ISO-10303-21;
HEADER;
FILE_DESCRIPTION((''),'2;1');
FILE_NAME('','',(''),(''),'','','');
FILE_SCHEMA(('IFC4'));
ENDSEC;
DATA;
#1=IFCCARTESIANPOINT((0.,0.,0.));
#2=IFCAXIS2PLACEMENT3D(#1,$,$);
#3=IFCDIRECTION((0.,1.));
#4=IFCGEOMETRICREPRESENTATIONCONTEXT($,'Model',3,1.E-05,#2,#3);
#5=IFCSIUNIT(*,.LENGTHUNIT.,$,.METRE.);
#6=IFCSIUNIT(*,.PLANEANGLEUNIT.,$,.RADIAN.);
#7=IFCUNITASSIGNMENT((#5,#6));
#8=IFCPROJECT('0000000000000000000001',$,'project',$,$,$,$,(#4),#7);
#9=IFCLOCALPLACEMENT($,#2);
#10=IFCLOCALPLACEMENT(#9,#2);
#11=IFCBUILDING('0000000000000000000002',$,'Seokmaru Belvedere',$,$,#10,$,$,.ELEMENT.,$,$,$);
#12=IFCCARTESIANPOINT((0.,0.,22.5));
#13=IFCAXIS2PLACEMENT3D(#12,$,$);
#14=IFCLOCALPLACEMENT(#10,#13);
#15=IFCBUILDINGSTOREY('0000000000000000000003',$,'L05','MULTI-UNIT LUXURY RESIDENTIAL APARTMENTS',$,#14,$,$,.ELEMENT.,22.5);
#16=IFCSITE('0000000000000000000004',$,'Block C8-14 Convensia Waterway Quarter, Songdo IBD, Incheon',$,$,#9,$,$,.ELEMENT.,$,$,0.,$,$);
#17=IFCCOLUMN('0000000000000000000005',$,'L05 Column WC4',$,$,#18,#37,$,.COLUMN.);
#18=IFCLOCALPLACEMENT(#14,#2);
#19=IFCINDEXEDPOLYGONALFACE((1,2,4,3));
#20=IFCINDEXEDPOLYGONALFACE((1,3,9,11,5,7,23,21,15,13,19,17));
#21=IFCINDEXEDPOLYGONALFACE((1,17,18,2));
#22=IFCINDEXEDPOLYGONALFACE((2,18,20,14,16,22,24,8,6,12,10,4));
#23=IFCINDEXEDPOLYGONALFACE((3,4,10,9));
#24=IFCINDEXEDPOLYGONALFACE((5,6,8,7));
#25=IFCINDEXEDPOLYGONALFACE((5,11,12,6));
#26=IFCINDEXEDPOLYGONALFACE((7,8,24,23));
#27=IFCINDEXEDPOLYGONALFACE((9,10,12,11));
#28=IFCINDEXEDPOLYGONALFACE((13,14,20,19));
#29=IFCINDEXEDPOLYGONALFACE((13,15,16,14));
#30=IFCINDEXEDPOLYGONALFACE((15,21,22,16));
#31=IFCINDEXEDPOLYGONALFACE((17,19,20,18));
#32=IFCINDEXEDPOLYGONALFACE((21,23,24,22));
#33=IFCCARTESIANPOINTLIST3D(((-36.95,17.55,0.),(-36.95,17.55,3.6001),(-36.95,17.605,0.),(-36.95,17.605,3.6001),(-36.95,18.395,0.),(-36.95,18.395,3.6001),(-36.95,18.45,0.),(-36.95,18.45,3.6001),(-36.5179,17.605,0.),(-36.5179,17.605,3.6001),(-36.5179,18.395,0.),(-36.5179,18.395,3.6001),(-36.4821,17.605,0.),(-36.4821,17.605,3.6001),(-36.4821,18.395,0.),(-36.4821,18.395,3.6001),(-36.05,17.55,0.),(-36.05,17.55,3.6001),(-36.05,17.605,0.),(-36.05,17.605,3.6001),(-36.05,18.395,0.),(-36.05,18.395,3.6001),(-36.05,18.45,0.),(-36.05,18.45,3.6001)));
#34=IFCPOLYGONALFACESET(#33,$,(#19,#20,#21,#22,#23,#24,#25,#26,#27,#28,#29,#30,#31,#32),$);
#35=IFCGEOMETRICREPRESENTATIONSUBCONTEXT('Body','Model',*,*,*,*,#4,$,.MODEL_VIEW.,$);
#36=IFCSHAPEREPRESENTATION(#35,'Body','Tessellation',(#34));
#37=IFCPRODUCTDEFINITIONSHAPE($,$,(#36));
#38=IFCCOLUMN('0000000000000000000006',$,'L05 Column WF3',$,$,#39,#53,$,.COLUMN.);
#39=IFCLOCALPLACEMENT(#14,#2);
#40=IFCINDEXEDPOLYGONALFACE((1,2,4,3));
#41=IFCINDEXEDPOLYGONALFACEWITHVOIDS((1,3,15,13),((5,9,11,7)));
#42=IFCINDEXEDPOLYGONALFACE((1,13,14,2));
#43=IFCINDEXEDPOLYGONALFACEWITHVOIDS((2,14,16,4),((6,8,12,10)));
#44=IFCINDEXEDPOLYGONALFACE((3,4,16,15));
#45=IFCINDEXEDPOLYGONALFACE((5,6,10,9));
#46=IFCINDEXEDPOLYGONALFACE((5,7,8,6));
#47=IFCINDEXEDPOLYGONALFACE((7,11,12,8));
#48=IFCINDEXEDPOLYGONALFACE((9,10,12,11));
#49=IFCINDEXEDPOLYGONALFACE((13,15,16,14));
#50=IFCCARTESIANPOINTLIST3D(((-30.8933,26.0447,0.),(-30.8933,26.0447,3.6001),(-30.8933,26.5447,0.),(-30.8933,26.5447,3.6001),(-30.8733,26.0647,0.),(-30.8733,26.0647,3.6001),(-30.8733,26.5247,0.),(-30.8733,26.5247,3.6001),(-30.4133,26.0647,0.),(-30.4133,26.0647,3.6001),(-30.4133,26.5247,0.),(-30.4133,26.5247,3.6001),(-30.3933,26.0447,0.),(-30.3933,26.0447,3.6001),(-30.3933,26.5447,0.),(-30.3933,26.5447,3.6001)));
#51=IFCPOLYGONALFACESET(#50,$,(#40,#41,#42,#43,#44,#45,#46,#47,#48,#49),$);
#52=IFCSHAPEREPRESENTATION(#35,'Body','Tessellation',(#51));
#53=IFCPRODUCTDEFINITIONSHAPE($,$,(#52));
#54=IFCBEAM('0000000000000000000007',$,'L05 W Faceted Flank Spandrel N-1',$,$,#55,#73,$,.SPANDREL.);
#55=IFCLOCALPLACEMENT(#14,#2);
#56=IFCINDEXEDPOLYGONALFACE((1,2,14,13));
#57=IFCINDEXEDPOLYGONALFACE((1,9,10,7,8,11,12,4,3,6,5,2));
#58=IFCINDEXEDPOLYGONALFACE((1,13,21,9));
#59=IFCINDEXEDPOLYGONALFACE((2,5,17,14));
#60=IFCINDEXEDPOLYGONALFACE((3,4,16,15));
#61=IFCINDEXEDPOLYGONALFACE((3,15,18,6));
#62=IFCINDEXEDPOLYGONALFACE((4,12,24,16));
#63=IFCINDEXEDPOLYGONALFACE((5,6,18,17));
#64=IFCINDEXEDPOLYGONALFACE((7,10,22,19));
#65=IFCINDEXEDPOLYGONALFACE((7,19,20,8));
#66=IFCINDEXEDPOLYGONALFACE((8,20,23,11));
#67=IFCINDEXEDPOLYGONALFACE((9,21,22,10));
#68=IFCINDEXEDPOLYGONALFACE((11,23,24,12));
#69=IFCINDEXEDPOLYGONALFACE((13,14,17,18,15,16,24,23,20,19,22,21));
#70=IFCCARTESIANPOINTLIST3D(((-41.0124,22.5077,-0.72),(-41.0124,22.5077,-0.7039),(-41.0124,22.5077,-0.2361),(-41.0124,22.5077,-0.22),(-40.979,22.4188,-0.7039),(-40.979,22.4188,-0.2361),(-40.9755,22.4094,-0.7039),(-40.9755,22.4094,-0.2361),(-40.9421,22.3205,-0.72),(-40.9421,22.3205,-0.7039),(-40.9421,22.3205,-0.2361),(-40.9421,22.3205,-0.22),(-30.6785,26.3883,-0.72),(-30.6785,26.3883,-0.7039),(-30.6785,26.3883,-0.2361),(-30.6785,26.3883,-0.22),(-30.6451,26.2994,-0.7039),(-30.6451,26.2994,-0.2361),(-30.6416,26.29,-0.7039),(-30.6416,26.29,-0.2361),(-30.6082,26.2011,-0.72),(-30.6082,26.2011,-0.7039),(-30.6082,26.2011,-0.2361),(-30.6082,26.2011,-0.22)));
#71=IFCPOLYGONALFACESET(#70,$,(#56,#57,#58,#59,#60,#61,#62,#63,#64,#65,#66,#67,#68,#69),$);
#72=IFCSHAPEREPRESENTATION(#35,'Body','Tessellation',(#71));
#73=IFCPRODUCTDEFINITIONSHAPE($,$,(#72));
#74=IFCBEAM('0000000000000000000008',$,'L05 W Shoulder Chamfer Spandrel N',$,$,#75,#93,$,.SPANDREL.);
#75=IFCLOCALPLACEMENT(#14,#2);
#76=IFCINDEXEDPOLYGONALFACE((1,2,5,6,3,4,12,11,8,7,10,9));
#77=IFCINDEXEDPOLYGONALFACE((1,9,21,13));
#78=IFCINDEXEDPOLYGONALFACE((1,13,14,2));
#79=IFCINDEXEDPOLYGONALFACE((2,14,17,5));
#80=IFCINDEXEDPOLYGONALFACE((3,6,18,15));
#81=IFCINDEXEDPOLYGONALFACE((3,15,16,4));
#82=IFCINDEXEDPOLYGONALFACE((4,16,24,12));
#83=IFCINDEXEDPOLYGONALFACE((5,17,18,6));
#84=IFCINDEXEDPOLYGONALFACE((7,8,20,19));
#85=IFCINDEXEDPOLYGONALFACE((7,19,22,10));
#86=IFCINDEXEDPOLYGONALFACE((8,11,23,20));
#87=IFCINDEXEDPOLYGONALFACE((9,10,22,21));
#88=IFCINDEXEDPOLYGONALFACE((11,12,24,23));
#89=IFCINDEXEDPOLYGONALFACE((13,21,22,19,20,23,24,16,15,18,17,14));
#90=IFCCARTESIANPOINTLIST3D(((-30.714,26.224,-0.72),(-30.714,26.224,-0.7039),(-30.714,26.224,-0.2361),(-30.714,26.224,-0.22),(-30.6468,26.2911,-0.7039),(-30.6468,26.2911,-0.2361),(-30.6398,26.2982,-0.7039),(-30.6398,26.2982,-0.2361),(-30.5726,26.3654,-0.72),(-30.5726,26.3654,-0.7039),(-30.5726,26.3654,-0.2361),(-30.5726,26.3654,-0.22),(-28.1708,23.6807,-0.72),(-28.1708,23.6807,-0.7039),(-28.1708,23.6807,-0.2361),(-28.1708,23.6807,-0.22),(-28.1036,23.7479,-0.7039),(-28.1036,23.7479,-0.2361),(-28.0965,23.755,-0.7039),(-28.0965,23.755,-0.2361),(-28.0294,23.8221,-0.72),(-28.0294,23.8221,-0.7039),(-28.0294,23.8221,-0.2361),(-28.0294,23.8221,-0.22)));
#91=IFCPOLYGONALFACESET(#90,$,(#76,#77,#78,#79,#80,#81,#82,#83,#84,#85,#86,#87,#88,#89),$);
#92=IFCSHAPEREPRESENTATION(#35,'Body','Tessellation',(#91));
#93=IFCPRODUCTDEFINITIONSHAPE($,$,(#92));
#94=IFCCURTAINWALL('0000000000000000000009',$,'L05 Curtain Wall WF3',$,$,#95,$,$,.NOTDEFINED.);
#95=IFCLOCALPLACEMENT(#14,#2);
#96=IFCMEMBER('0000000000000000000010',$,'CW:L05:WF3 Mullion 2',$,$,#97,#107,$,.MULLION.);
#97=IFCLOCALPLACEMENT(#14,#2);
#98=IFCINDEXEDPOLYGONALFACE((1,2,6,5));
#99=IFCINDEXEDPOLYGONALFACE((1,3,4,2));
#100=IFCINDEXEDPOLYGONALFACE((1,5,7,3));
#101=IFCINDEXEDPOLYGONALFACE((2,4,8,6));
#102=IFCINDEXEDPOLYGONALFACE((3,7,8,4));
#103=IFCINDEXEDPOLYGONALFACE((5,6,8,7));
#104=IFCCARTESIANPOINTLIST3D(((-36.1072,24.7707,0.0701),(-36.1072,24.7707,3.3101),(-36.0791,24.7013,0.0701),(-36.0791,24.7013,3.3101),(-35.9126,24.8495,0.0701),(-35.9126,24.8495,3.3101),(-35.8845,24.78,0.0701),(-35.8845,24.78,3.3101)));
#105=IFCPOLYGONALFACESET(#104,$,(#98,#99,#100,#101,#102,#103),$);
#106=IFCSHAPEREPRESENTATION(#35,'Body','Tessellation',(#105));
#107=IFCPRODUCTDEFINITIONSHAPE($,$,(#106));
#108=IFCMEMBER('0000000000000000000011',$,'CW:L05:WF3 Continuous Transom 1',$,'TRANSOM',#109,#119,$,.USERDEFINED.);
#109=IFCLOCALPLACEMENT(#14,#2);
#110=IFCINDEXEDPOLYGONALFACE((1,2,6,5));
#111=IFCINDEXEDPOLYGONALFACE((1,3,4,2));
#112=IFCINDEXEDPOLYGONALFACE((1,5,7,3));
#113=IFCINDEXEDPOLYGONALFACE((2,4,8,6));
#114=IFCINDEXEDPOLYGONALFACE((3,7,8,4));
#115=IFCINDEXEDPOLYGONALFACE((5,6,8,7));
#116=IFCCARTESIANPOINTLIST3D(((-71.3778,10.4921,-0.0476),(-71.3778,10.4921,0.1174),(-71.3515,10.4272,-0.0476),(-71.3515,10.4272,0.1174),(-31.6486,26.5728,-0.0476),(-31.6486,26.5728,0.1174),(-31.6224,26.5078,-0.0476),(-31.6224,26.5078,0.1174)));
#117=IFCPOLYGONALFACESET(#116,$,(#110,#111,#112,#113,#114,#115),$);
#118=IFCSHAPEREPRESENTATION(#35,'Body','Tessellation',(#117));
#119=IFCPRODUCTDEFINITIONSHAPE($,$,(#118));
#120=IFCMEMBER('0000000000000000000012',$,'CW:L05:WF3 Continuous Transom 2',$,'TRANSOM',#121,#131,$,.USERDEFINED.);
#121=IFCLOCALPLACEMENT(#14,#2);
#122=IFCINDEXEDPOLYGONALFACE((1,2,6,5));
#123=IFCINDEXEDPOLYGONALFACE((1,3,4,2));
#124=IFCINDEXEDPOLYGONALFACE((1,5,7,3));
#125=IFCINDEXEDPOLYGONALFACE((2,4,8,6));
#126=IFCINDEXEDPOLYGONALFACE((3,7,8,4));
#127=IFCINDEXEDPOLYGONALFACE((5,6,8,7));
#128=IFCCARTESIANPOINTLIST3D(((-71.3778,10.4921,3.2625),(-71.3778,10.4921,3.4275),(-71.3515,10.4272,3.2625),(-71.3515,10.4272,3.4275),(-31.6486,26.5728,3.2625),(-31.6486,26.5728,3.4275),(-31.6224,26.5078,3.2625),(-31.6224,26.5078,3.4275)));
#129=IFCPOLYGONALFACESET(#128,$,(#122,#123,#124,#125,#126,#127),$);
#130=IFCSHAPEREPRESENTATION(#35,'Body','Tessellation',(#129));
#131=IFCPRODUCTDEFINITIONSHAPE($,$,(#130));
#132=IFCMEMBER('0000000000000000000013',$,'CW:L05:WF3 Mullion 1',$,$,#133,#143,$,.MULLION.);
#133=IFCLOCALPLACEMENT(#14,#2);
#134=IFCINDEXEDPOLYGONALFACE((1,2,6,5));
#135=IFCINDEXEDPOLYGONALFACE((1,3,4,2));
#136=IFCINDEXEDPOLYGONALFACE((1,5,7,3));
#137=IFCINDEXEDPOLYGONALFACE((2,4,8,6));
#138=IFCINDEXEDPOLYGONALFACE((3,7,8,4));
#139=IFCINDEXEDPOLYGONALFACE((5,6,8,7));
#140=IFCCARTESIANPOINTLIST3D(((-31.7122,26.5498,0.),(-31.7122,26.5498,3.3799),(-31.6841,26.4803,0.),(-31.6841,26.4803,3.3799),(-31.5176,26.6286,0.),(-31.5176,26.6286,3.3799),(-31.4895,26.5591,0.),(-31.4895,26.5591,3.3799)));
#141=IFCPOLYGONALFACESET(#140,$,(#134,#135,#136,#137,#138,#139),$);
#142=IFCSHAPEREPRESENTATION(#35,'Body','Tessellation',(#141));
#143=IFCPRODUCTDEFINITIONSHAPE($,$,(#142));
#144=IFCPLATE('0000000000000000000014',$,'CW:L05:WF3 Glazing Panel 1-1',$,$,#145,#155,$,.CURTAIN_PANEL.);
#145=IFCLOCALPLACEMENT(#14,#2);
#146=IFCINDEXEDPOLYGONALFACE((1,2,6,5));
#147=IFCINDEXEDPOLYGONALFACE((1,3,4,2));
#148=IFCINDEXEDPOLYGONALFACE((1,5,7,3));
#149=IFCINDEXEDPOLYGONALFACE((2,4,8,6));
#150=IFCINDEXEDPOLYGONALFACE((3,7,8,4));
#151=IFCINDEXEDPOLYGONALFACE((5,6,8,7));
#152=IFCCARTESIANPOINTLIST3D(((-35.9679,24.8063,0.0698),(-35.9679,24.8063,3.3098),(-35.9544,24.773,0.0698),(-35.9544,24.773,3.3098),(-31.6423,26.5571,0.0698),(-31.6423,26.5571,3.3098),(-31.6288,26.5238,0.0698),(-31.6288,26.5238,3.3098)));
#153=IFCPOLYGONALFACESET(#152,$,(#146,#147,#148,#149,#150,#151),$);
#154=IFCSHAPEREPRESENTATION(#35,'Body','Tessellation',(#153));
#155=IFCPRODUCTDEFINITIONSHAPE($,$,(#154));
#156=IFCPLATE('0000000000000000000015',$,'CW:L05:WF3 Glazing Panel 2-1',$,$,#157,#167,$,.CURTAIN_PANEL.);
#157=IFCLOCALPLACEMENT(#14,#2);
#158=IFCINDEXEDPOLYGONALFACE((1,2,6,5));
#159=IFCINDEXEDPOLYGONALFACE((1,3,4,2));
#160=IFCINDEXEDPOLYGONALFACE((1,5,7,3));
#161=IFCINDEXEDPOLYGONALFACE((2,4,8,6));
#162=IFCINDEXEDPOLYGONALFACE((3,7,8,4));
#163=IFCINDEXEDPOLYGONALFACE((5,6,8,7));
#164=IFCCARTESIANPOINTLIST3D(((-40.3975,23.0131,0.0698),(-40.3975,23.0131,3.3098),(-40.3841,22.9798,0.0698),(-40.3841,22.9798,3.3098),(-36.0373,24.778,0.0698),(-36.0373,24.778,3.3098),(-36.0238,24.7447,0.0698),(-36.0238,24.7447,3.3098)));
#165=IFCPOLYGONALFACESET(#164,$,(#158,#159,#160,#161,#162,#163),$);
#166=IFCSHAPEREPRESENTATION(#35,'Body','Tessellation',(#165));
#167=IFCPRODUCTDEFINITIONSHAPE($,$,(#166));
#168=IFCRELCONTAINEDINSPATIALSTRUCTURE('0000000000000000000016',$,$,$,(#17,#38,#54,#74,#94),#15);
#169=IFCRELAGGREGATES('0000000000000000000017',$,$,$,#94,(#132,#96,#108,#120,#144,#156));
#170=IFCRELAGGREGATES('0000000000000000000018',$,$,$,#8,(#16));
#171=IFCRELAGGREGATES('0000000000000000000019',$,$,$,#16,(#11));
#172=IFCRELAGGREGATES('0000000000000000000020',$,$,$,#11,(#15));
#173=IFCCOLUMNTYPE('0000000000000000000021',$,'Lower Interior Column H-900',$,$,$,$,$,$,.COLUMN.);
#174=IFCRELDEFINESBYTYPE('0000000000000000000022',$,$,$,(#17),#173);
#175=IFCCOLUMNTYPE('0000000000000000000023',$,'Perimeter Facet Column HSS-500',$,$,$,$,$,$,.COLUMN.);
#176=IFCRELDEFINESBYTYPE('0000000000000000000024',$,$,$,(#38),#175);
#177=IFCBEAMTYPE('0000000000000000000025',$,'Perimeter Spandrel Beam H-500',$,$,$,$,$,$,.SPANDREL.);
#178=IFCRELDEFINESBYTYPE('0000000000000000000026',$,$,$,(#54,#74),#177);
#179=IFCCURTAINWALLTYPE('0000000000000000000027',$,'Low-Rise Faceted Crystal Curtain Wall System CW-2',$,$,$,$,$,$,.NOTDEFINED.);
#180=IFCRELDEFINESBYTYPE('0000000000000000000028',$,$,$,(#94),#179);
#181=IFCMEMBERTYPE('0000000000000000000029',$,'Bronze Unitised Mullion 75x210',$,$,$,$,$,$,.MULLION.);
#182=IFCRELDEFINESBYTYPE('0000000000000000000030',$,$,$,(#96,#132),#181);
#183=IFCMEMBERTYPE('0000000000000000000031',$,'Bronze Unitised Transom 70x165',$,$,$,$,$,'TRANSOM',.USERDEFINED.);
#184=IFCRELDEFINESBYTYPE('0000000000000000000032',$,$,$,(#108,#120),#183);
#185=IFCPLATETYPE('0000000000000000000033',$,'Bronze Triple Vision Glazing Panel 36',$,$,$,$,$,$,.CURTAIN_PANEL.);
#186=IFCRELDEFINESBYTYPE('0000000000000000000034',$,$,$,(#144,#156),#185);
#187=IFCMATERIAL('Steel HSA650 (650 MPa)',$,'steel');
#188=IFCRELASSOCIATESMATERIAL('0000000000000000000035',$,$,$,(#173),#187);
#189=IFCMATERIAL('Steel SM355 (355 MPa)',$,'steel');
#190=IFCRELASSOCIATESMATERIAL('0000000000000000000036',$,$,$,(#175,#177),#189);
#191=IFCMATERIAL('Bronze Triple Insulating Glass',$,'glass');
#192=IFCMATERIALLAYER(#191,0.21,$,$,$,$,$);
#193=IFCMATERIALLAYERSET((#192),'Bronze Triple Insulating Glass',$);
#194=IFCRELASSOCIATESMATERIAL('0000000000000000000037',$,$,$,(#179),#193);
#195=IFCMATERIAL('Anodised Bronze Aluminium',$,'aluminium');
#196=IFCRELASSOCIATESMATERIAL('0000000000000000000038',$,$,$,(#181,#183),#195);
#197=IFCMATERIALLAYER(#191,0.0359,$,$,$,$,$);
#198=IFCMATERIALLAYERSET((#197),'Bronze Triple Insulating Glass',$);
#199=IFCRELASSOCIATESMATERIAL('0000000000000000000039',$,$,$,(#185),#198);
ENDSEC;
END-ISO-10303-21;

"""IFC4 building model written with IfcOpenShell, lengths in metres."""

from ifc_helpers import new_model, si_unit, direction, frame, origin, origin_2d, place, context, subcontext, project, spatial, rectangle, hollow_rectangle, i_section, extrude, source, transform, mapped, material, layer, layer_set, material_profile, profile_set, type_object, type_shapes, element, aggregate, save


model = new_model("IFC4")

# Units and contexts
model_context = context("Model", 3, precision=1e-05, world=origin(), true_north=direction((0.0, 1.0)))
body_context = subcontext(model_context, "Body", "Model", "MODEL_VIEW")
ifc_project = project(units=[si_unit("LENGTHUNIT", "METRE"), si_unit("PLANEANGLEUNIT", "RADIAN")], contexts=[model_context])

# Site, building, storey
site_placement = place(None, origin())
site = spatial("IfcSite", under=ifc_project, at=site_placement, Name="Block C8-14 Convensia Waterway Quarter, Songdo IBD, Incheon", CompositionType="ELEMENT", RefElevation=0.0)
building_placement = place(site_placement, origin())
building = spatial("IfcBuilding", under=site, at=building_placement, Name="Seokmaru Belvedere", CompositionType="ELEMENT")
storey_placement = place(building_placement, frame((0.0, 0.0, 22.5)))
storey = spatial("IfcBuildingStorey", under=building, at=storey_placement, Name="L05", Description="MULTI-UNIT LUXURY RESIDENTIAL APARTMENTS", CompositionType="ELEMENT", Elevation=22.5)

# Columns
ifc_material_1 = material(Name="Steel HSA650 (650 MPa)", Category="steel")
ifc_material_profile_1 = material_profile(ifc_material_1, i_section(OverallWidth=0.8999, OverallDepth=0.8999, WebThickness=0.0359, FlangeThickness=0.0549, at=origin_2d()), Name="H-900x900x36x55")
ifc_profile_set_1 = profile_set([ifc_material_profile_1], Name="Steel HSA650 (650 MPa)")
column_type_1 = type_object("IfcColumnType", Name="Lower Interior Column H-900", PredefinedType="COLUMN", material=ifc_profile_set_1)
shared_shape_1 = source(origin(), body_context, "Body", "SweptSolid", [
    extrude(i_section(OverallWidth=0.8999, OverallDepth=0.8999, WebThickness=0.0359, FlangeThickness=0.0549, at=origin_2d()), origin(), (0.0, 0.0, 1.0), 3.6001),
])
type_shapes(column_type_1, [shared_shape_1])
column_1_placement = place(storey_placement, frame((-36.5, 18.0, 0.0), z_axis=(0.0, 0.0, 1.0), x_axis=(1.0, 0.0, 0.0)))
element("IfcColumn", 1, at=column_1_placement, inside=storey, type_object=column_type_1, Name="L05 Column WC4", PredefinedType="COLUMN", context=body_context, shape_type="MappedRepresentation", body=[
    mapped(shared_shape_1, transform((0.0, 0.0, 0.0), scale=1.0)),
])
ifc_material_2 = material(Name="Steel SM355 (355 MPa)", Category="steel")
ifc_material_profile_2 = material_profile(ifc_material_2, hollow_rectangle(XDim=0.5, YDim=0.5, WallThickness=0.02, at=origin_2d()), Name="HSS-500x500x20")
ifc_profile_set_2 = profile_set([ifc_material_profile_2], Name="Steel SM355 (355 MPa)")
column_type_2 = type_object("IfcColumnType", Name="Perimeter Facet Column HSS-500", PredefinedType="COLUMN", material=ifc_profile_set_2)
shared_shape_2 = source(origin(), body_context, "Body", "SweptSolid", [
    extrude(hollow_rectangle(XDim=0.5, YDim=0.5, WallThickness=0.02, at=origin_2d()), origin(), (0.0, 0.0, 1.0), 3.6001),
])
type_shapes(column_type_2, [shared_shape_2])
column_2_placement = place(storey_placement, frame((-30.6433, 26.2947, 0.0), z_axis=(0.0, 0.0, 1.0), x_axis=(1.0, 0.0, 0.0)))
element("IfcColumn", 2, at=column_2_placement, inside=storey, type_object=column_type_2, Name="L05 Column WF3", PredefinedType="COLUMN", context=body_context, shape_type="MappedRepresentation", body=[
    mapped(shared_shape_2, transform((0.0, 0.0, 0.0), scale=1.0)),
])

# Beams
ifc_material_profile_3 = material_profile(ifc_material_2, i_section(OverallWidth=0.2, OverallDepth=0.5, WebThickness=0.01, FlangeThickness=0.0161, at=origin_2d()), Name="H-500x200x10x16")
ifc_profile_set_3 = profile_set([ifc_material_profile_3], Name="Steel SM355 (355 MPa)")
beam_type = type_object("IfcBeamType", Name="Perimeter Spandrel Beam H-500", PredefinedType="SPANDREL", material=ifc_profile_set_3)
shared_shape_3 = source(origin(), body_context, "Body", "SweptSolid", [
    extrude(i_section(OverallWidth=0.2, OverallDepth=0.5, WebThickness=0.01, FlangeThickness=0.0161, at=origin_2d()), origin(), (0.0, 0.0, 1.0), 11.0386),
])
beam_1_placement = place(storey_placement, frame((-30.6433, 26.2947, -0.47), z_axis=(-0.936169, -0.35155, 0.0), x_axis=(0.35155, -0.936169, 0.0)))
element("IfcBeam", 3, at=beam_1_placement, inside=storey, type_object=beam_type, Name="L05 W Faceted Flank Spandrel N-1", PredefinedType="SPANDREL", context=body_context, shape_type="MappedRepresentation", body=[
    mapped(shared_shape_3, transform((0.0, 0.0, 0.0), scale=1.0)),
])
shared_shape_4 = source(origin(), body_context, "Body", "SweptSolid", [
    extrude(i_section(OverallWidth=0.2, OverallDepth=0.5, WebThickness=0.01, FlangeThickness=0.0161, at=origin_2d()), origin(), (0.0, 0.0, 1.0), 3.5967),
])
type_shapes(beam_type, [shared_shape_3, shared_shape_4])
beam_2_placement = place(storey_placement, frame((-30.6433, 26.2947, -0.47), z_axis=(0.707107, -0.707107, 0.0), x_axis=(0.707107, 0.707107, 0.0)))
element("IfcBeam", 4, at=beam_2_placement, inside=storey, type_object=beam_type, Name="L05 W Shoulder Chamfer Spandrel N", PredefinedType="SPANDREL", context=body_context, shape_type="MappedRepresentation", body=[
    mapped(shared_shape_4, transform((0.0, 0.0, 0.0), scale=1.0)),
])

# Curtain wall, members, plates
ifc_material_3 = material(Name="Bronze Triple Insulating Glass", Category="glass")
ifc_layer_1 = layer(ifc_material_3, 0.21)
ifc_layer_set_1 = layer_set([ifc_layer_1], Name="Bronze Triple Insulating Glass")
curtain_wall_type = type_object("IfcCurtainWallType", Name="Low-Rise Faceted Crystal Curtain Wall System CW-2", PredefinedType="NOTDEFINED", material=ifc_layer_set_1)
curtain_wall_placement = place(storey_placement, origin())
curtain_wall = element("IfcCurtainWall", 5, at=curtain_wall_placement, inside=storey, type_object=curtain_wall_type, Name="L05 Curtain Wall WF3", PredefinedType="NOTDEFINED")
ifc_material_4 = material(Name="Anodised Bronze Aluminium", Category="aluminium")
ifc_material_profile_4 = material_profile(ifc_material_4, rectangle(XDim=0.075, YDim=0.21, at=origin_2d()), Name="CW-M-75x210")
ifc_profile_set_4 = profile_set([ifc_material_profile_4], Name="Anodised Bronze Aluminium")
member_type_1 = type_object("IfcMemberType", Name="Bronze Unitised Mullion 75x210", PredefinedType="MULLION", material=ifc_profile_set_4)
shared_shape_5 = source(origin(), body_context, "Body", "SweptSolid", [
    extrude(rectangle(XDim=0.075, YDim=0.21, at=origin_2d()), origin(), (0.0, 0.0, 1.0), 3.24),
])
member_1_placement = place(storey_placement, frame((-35.9958, 24.7754, 0.0701), z_axis=(0.0, 0.0, 1.0), x_axis=(0.375192, -0.926947, 0.0)))
member_1 = element("IfcMember", 6, at=member_1_placement, type_object=member_type_1, Name="CW:L05:WF3 Mullion 2", PredefinedType="MULLION", context=body_context, shape_type="MappedRepresentation", body=[
    mapped(shared_shape_5, transform((0.0, 0.0, 0.0), scale=1.0)),
])
ifc_material_profile_5 = material_profile(ifc_material_4, rectangle(XDim=0.0701, YDim=0.165, at=origin_2d()), Name="CW-T-70x165")
ifc_profile_set_5 = profile_set([ifc_material_profile_5], Name="Anodised Bronze Aluminium")
member_type_2 = type_object("IfcMemberType", Name="Bronze Unitised Transom 70x165", ElementType="TRANSOM", PredefinedType="USERDEFINED", material=ifc_profile_set_5)
shared_shape_6 = source(origin(), body_context, "Body", "SweptSolid", [
    extrude(rectangle(XDim=0.0701, YDim=0.165, at=origin_2d()), origin(), (0.0, 0.0, 1.0), 42.8601),
])
type_shapes(member_type_2, [shared_shape_6])
member_2_placement = place(storey_placement, frame((-31.6355, 26.5403, 0.0349), z_axis=(-0.926949, -0.375188, 0.0), x_axis=(0.375188, -0.926949, 0.0)))
member_2 = element("IfcMember", 7, at=member_2_placement, type_object=member_type_2, Name="CW:L05:WF3 Continuous Transom 1", ObjectType="TRANSOM", PredefinedType="USERDEFINED", context=body_context, shape_type="MappedRepresentation", body=[
    mapped(shared_shape_6, transform((0.0, 0.0, 0.0), scale=1.0)),
])
member_3_placement = place(storey_placement, frame((-31.6355, 26.5403, 3.345), z_axis=(-0.926949, -0.375188, 0.0), x_axis=(0.375188, -0.926949, 0.0)))
member_3 = element("IfcMember", 8, at=member_3_placement, type_object=member_type_2, Name="CW:L05:WF3 Continuous Transom 2", ObjectType="TRANSOM", PredefinedType="USERDEFINED", context=body_context, shape_type="MappedRepresentation", body=[
    mapped(shared_shape_6, transform((0.0, 0.0, 0.0), scale=1.0)),
])
shared_shape_7 = source(origin(), body_context, "Body", "SweptSolid", [
    extrude(rectangle(XDim=0.075, YDim=0.21, at=origin_2d()), origin(), (0.0, 0.0, 1.0), 3.3799),
])
type_shapes(member_type_1, [shared_shape_5, shared_shape_7])
member_4_placement = place(storey_placement, frame((-31.6008, 26.5544, 0.0), z_axis=(0.0, 0.0, 1.0), x_axis=(0.375192, -0.926947, 0.0)))
member_4 = element("IfcMember", 9, at=member_4_placement, type_object=member_type_1, Name="CW:L05:WF3 Mullion 1", PredefinedType="MULLION", context=body_context, shape_type="MappedRepresentation", body=[
    mapped(shared_shape_7, transform((0.0, 0.0, 0.0), scale=1.0)),
])
ifc_layer_2 = layer(ifc_material_3, 0.0359)
ifc_layer_set_2 = layer_set([ifc_layer_2], Name="Bronze Triple Insulating Glass")
plate_type = type_object("IfcPlateType", Name="Bronze Triple Vision Glazing Panel 36", PredefinedType="CURTAIN_PANEL", material=ifc_layer_set_2)
shared_shape_8 = source(origin(), body_context, "Body", "SweptSolid", [
    extrude(rectangle(XDim=4.6665, YDim=0.0359, at=origin_2d()), origin(), (0.0, 0.0, 1.0), 3.24),
])
plate_1_placement = place(storey_placement, frame((-33.7983, 25.665, 0.0698), z_axis=(0.0, 0.0, 1.0), x_axis=(-0.926947, -0.375192, 0.0)))
plate_1 = element("IfcPlate", 10, at=plate_1_placement, type_object=plate_type, Name="CW:L05:WF3 Glazing Panel 1-1", PredefinedType="CURTAIN_PANEL", context=body_context, shape_type="MappedRepresentation", body=[
    mapped(shared_shape_8, transform((0.0, 0.0, 0.0), scale=1.0)),
])
shared_shape_9 = source(origin(), body_context, "Body", "SweptSolid", [
    extrude(rectangle(XDim=4.7039, YDim=0.0359, at=origin_2d()), origin(), (0.0, 0.0, 1.0), 3.24),
])
type_shapes(plate_type, [shared_shape_8, shared_shape_9])
plate_2_placement = place(storey_placement, frame((-38.2107, 23.8789, 0.0698), z_axis=(0.0, 0.0, 1.0), x_axis=(-0.926947, -0.375192, 0.0)))
plate_2 = element("IfcPlate", 11, at=plate_2_placement, type_object=plate_type, Name="CW:L05:WF3 Glazing Panel 2-1", PredefinedType="CURTAIN_PANEL", context=body_context, shape_type="MappedRepresentation", body=[
    mapped(shared_shape_9, transform((0.0, 0.0, 0.0), scale=1.0)),
])
aggregate(curtain_wall, [member_4, member_1, member_2, member_3, plate_1, plate_2])

save(model, "model.ifc")
